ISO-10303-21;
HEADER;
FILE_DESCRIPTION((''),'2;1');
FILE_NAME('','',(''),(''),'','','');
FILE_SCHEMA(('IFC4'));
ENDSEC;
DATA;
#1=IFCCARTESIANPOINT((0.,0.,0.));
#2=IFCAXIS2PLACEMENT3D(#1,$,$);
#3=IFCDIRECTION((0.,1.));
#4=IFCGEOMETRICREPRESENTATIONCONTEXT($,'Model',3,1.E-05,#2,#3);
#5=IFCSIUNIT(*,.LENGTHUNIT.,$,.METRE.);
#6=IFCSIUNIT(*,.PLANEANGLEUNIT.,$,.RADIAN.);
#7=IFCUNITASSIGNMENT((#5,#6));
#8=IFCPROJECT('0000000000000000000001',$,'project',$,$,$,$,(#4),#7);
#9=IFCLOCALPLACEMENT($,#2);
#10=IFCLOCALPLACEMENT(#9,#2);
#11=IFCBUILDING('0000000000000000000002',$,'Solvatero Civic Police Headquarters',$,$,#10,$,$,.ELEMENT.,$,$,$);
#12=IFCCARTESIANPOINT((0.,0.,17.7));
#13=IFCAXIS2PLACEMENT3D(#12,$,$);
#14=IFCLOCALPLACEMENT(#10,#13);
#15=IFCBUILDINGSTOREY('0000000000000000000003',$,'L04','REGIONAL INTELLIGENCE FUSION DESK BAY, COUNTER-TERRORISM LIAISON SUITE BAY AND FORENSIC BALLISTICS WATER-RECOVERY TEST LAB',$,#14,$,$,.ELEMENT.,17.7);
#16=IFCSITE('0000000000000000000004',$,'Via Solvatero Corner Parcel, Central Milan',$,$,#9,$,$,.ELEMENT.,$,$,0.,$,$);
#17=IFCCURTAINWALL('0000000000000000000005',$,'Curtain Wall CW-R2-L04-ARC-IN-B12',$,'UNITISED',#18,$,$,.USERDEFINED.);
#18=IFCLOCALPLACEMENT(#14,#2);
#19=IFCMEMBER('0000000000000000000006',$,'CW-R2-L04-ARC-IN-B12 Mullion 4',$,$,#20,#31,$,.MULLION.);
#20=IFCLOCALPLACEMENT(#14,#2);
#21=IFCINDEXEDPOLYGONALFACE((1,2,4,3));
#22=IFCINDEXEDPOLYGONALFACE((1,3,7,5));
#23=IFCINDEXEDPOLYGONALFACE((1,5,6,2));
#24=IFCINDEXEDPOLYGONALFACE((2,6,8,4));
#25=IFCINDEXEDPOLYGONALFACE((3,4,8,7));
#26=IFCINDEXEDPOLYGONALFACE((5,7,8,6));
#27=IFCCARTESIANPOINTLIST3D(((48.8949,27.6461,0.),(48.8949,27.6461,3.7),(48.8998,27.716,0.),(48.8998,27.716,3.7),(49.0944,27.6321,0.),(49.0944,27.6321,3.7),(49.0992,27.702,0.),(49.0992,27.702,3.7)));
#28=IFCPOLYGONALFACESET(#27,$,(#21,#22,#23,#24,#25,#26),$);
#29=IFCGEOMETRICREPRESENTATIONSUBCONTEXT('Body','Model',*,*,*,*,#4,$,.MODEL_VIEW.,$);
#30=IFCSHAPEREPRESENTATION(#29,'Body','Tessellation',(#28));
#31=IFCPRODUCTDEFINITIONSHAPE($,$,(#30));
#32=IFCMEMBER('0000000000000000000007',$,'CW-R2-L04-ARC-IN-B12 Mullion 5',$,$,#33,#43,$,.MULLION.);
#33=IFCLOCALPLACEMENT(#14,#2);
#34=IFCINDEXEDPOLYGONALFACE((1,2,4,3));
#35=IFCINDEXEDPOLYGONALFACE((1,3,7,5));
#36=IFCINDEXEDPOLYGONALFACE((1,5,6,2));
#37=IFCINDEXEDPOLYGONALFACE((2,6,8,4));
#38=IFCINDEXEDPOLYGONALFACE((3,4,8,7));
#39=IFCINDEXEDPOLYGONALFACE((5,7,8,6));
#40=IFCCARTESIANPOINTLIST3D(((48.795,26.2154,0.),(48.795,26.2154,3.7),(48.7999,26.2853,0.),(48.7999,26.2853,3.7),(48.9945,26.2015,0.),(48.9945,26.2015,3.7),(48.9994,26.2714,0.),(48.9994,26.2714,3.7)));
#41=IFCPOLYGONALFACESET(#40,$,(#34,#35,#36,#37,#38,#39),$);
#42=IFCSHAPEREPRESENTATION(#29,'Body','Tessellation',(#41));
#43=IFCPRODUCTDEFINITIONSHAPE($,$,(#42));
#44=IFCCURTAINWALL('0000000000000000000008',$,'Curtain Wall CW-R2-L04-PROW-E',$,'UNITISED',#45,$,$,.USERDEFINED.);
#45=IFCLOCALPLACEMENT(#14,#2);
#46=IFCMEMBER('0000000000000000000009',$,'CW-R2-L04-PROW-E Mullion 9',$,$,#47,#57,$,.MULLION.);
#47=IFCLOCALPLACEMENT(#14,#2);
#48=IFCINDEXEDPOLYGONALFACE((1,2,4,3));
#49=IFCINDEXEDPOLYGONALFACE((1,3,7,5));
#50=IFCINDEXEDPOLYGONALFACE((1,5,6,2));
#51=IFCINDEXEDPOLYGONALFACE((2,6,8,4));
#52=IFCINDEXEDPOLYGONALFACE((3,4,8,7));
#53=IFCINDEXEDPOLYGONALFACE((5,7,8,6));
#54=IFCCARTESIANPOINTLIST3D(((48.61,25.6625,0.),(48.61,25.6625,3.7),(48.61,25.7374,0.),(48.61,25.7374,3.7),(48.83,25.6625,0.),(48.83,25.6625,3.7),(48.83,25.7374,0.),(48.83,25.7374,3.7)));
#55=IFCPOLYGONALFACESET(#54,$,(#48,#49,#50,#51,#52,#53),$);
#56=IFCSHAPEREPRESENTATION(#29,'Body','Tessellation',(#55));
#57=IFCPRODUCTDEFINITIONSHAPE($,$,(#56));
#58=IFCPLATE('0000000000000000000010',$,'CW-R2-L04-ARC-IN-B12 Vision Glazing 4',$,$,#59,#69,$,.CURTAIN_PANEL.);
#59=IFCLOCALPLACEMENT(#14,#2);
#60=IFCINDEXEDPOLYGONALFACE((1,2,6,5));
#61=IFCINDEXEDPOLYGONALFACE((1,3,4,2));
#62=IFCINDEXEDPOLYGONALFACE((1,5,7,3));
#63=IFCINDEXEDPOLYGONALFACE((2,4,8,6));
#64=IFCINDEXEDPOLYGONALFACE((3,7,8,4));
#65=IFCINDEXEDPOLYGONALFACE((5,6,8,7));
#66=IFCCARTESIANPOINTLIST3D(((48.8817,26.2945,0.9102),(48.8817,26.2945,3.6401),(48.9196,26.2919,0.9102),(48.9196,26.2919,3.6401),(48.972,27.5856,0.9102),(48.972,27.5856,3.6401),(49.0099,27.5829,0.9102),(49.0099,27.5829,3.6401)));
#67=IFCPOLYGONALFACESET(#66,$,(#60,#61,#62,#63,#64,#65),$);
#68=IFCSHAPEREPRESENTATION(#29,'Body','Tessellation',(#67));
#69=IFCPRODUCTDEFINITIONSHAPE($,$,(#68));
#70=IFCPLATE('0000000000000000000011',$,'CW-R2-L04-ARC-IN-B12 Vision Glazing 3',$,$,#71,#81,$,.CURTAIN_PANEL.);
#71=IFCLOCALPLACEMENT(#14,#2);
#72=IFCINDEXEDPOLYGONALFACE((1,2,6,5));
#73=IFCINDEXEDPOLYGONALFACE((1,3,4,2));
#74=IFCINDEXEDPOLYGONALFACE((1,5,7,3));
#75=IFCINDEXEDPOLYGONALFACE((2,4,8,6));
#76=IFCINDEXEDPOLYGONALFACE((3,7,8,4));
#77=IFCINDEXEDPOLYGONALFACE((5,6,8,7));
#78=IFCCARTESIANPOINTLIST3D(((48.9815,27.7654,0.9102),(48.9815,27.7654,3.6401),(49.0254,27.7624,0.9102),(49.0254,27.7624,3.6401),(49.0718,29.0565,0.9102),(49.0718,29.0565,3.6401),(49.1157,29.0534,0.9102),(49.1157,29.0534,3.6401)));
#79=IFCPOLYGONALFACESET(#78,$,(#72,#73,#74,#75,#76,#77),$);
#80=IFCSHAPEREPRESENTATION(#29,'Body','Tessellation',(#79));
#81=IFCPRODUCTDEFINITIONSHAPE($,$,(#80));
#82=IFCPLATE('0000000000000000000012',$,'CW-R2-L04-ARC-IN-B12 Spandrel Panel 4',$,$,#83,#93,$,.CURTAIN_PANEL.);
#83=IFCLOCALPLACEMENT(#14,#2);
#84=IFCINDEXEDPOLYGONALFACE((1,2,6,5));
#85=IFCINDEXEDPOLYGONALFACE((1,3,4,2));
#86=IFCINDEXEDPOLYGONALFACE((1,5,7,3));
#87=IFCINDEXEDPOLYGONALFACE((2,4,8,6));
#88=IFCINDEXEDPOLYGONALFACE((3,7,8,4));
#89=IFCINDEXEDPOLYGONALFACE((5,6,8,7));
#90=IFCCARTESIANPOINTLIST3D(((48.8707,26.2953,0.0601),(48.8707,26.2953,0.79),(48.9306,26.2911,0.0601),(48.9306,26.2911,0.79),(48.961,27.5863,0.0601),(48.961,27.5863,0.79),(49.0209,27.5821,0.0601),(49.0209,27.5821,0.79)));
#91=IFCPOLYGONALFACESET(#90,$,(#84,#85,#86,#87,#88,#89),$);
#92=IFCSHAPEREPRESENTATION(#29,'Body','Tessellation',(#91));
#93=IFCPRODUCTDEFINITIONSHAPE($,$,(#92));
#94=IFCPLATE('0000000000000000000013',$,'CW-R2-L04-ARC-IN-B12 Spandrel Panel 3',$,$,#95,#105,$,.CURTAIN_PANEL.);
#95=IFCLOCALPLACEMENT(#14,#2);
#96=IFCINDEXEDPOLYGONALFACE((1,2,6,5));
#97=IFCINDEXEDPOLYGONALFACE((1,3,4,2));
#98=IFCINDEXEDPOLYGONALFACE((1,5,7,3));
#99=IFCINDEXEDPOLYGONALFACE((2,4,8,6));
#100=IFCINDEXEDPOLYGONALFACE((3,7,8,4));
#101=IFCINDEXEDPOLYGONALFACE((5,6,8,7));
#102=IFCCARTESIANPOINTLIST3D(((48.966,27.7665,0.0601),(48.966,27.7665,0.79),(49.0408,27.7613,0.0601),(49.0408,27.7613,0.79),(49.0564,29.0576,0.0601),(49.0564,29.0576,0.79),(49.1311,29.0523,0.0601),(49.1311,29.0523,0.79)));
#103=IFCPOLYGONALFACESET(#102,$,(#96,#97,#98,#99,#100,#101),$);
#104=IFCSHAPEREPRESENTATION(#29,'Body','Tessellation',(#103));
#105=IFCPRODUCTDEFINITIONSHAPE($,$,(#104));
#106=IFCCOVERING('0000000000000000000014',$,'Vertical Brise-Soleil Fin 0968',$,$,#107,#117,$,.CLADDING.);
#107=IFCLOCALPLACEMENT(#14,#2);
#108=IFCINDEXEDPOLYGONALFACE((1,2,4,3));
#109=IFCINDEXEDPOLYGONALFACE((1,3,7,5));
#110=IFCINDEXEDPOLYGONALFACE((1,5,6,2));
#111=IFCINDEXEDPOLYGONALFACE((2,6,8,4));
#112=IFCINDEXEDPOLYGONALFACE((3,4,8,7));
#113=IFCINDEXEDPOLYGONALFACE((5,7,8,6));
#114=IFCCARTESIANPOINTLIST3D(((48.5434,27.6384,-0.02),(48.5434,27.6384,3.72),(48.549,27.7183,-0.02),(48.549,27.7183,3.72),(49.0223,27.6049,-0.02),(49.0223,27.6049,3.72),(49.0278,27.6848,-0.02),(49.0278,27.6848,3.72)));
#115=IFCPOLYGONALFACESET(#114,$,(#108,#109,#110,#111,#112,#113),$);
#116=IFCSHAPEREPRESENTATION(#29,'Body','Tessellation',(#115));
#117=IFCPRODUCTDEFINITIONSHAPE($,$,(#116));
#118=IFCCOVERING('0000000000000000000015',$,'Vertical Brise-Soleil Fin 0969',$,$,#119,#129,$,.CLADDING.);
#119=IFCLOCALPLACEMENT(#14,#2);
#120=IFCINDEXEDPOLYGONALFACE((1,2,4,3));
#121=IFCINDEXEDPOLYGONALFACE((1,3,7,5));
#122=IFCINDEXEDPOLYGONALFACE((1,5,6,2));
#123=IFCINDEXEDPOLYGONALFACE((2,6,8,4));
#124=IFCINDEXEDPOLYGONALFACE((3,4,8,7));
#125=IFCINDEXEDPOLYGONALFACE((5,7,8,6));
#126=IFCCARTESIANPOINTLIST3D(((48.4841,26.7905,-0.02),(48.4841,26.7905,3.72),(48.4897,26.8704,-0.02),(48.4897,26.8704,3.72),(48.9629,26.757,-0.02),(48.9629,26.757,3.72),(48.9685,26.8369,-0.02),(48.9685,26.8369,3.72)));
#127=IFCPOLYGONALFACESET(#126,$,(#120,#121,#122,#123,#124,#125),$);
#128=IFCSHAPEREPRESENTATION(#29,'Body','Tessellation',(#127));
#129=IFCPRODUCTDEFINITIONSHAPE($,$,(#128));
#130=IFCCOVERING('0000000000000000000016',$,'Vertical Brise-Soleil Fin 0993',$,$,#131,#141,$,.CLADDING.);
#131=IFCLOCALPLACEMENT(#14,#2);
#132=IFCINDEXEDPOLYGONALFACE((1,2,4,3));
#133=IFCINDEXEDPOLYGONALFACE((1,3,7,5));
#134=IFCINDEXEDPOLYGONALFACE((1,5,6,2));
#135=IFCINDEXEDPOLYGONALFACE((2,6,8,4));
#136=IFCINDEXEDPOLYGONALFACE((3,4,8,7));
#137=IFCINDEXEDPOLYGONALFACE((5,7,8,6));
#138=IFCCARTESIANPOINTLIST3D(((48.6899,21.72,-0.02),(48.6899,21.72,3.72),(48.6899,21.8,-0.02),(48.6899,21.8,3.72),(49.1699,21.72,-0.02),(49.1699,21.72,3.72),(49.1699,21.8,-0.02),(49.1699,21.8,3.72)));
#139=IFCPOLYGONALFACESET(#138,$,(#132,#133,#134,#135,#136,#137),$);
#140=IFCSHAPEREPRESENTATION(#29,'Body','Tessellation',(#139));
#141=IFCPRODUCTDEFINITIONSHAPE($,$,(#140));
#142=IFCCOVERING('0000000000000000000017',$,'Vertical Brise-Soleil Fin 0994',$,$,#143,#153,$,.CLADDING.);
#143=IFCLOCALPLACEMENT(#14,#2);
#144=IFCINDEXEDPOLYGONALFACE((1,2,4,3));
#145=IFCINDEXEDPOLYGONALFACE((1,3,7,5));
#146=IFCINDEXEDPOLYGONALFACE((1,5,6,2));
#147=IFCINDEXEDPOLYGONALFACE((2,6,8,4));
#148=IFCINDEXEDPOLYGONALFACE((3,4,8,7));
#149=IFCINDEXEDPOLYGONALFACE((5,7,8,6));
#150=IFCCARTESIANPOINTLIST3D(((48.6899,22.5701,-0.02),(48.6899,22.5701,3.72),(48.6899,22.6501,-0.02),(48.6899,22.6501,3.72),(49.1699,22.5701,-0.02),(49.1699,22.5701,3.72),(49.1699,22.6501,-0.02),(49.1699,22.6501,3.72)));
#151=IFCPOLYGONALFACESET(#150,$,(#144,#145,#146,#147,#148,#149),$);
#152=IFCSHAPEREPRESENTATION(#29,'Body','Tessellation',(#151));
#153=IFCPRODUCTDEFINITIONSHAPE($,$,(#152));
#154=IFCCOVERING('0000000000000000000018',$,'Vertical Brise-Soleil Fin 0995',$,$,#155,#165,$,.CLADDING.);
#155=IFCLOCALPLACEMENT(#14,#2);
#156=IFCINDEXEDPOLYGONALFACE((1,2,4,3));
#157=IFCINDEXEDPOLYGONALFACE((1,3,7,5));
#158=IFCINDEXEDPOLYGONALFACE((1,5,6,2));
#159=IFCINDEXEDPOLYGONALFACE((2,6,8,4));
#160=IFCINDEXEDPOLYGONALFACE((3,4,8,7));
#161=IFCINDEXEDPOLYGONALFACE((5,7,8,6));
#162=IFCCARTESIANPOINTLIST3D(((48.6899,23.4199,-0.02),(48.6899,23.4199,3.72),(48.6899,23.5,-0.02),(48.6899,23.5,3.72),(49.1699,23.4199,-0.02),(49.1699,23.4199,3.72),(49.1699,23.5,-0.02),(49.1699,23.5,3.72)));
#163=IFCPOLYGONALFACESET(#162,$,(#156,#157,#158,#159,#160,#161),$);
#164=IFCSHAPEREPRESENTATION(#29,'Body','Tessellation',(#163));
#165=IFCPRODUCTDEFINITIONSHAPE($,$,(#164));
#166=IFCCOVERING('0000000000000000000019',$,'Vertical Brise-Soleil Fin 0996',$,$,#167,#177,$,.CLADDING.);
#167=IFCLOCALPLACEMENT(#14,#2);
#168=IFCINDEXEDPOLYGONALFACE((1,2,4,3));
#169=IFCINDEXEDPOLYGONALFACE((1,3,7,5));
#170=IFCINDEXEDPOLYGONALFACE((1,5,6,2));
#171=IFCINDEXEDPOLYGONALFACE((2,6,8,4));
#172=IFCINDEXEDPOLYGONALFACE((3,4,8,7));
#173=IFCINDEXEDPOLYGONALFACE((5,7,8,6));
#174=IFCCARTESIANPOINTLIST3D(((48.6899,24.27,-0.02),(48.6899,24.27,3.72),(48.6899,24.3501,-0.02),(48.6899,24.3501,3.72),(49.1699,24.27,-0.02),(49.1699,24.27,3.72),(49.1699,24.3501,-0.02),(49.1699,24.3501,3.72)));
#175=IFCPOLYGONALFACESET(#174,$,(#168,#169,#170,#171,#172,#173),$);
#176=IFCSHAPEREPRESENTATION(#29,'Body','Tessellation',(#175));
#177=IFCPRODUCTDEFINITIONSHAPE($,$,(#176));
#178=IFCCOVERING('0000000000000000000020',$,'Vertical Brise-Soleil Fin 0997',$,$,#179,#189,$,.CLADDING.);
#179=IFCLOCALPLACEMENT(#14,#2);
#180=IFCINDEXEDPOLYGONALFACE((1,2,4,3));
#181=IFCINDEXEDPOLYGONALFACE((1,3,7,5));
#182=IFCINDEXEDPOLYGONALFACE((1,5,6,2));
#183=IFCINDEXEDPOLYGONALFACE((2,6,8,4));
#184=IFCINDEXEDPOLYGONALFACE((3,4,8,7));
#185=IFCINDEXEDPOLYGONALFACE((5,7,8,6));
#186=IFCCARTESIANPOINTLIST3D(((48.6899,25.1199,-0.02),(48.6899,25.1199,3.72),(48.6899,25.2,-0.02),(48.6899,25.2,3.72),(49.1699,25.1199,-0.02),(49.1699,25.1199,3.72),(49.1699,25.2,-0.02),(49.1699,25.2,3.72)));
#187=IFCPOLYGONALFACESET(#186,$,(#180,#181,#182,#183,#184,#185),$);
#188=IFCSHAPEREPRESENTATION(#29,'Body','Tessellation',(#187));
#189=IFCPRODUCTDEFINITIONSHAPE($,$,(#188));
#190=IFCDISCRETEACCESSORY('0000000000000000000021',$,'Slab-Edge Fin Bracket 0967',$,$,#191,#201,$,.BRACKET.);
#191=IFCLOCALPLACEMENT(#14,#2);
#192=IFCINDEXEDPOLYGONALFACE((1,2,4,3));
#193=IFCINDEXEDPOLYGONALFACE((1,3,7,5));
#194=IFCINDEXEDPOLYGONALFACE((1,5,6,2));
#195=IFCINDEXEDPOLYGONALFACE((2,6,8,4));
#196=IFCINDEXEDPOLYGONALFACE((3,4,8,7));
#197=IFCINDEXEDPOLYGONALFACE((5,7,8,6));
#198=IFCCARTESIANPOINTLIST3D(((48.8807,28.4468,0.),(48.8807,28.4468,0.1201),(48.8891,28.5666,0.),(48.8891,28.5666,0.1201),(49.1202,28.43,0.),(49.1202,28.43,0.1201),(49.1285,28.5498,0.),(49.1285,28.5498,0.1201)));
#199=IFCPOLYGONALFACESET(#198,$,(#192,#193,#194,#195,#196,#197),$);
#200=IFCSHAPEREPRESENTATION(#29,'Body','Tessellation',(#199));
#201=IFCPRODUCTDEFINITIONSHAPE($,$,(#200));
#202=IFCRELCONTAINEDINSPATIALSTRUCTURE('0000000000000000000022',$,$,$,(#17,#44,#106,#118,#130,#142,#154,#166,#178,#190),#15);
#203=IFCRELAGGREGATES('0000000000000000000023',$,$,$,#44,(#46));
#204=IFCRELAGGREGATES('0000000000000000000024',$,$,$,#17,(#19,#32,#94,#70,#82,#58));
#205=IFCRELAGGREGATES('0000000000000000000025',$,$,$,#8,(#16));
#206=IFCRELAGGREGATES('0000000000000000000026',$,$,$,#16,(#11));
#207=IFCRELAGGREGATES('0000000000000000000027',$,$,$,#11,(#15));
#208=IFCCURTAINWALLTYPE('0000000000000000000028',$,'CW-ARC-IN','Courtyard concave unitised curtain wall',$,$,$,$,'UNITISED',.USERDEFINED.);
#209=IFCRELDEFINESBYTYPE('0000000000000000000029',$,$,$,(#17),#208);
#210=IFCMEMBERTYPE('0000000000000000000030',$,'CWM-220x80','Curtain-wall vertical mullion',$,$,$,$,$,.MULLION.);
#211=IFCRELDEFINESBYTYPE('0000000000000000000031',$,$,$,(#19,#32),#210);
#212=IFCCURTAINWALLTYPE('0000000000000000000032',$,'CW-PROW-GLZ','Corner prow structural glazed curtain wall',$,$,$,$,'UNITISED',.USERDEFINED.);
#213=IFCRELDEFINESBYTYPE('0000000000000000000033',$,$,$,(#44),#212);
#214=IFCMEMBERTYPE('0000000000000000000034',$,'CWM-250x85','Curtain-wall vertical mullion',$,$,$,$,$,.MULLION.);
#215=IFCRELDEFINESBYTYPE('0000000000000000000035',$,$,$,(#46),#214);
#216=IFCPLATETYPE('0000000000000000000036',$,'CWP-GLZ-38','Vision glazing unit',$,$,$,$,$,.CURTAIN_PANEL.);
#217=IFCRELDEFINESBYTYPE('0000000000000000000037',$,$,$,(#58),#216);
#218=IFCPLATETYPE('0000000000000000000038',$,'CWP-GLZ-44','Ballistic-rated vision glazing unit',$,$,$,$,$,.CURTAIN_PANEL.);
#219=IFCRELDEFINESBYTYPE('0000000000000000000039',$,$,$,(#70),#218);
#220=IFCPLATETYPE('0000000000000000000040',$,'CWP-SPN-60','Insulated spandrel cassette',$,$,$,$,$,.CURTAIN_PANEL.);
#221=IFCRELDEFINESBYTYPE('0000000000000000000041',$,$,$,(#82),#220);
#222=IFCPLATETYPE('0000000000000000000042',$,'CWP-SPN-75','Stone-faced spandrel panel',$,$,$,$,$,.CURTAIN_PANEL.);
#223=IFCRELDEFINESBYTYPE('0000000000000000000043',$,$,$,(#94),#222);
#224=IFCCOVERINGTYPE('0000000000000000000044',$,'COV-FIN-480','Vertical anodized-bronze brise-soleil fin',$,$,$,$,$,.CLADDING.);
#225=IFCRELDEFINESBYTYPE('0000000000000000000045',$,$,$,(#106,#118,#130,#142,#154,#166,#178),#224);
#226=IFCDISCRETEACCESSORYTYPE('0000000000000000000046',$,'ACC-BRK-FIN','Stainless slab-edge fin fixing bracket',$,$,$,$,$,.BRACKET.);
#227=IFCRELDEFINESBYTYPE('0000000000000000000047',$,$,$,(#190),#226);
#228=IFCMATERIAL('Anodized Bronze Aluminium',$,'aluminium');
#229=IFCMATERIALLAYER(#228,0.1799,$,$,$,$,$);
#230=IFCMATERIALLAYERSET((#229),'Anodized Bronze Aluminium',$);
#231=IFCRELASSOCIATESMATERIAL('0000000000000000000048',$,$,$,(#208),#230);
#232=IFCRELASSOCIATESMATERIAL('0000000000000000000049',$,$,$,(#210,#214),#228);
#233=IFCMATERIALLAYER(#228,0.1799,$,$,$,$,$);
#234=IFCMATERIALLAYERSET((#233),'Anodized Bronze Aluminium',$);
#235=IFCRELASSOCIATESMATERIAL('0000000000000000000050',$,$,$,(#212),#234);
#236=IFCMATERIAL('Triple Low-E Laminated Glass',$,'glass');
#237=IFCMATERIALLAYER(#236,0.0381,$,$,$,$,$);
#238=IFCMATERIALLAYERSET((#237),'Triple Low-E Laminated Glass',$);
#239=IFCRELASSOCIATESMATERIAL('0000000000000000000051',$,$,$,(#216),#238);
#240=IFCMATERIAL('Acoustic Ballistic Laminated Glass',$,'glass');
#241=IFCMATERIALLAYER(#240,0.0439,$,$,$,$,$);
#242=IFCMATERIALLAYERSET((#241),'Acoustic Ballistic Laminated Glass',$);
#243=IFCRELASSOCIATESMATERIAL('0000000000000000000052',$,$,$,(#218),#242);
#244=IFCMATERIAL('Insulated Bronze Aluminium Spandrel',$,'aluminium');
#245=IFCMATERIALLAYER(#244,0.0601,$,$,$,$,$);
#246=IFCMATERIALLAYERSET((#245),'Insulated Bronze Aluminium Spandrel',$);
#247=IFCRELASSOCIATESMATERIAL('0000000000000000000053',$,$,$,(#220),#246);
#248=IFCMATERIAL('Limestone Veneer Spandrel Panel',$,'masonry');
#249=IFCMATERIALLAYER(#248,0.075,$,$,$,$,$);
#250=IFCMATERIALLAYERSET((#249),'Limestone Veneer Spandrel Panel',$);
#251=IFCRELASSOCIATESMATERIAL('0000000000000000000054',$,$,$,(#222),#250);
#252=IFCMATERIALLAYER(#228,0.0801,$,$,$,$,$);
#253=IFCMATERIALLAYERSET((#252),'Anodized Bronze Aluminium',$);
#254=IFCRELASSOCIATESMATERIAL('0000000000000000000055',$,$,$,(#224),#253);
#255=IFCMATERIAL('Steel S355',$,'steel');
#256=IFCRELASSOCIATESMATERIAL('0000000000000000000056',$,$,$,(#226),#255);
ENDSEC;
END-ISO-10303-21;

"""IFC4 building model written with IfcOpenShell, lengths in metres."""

from ifc_helpers import new_model, si_unit, direction, frame, origin, origin_2d, place, context, subcontext, project, spatial, rectangle, extrude, material, layer, layer_set, material_profile, profile_set, type_object, element, aggregate, save


model = new_model("IFC4")

# Units and contexts
model_context = context("Model", 3, precision=1e-05, world=origin(), true_north=direction((0.0, 1.0)))
body_context = subcontext(model_context, "Body", "Model", "MODEL_VIEW")
ifc_project = project(units=[si_unit("LENGTHUNIT", "METRE"), si_unit("PLANEANGLEUNIT", "RADIAN")], contexts=[model_context])

# Site, building, storey
site_placement = place(None, origin())
site = spatial("IfcSite", under=ifc_project, at=site_placement, Name="Via Solvatero Corner Parcel, Central Milan", CompositionType="ELEMENT", RefElevation=0.0)
building_placement = place(site_placement, origin())
building = spatial("IfcBuilding", under=site, at=building_placement, Name="Solvatero Civic Police Headquarters", CompositionType="ELEMENT")
storey_placement = place(building_placement, frame((0.0, 0.0, 17.7)))
storey = spatial("IfcBuildingStorey", under=building, at=storey_placement, Name="L04", Description="REGIONAL INTELLIGENCE FUSION DESK BAY, COUNTER-TERRORISM LIAISON SUITE BAY AND FORENSIC BALLISTICS WATER-RECOVERY TEST LAB", CompositionType="ELEMENT", Elevation=17.7)

# Curtain wall, members
ifc_material_1 = material(Name="Anodized Bronze Aluminium", Category="aluminium")
ifc_layer_1 = layer(ifc_material_1, 0.1799)
ifc_layer_set_1 = layer_set([ifc_layer_1], Name="Anodized Bronze Aluminium")
curtain_wall_type_1 = type_object("IfcCurtainWallType", Name="CW-ARC-IN", Description="Courtyard concave unitised curtain wall", ElementType="UNITISED", PredefinedType="USERDEFINED", material=ifc_layer_set_1)
curtain_wall_1_placement = place(storey_placement, origin())
curtain_wall_1 = element("IfcCurtainWall", 1, at=curtain_wall_1_placement, inside=storey, type_object=curtain_wall_type_1, Name="Curtain Wall CW-R2-L04-ARC-IN-B12", ObjectType="UNITISED", PredefinedType="USERDEFINED")
ifc_material_profile_1 = material_profile(ifc_material_1, rectangle(XDim=0.0701, YDim=0.2, at=origin_2d()), Name="ALU MULLION 70x200")
ifc_profile_set_1 = profile_set([ifc_material_profile_1], Name="Anodized Bronze Aluminium")
member_type_1 = type_object("IfcMemberType", Name="CWM-220x80", Description="Curtain-wall vertical mullion", PredefinedType="MULLION", material=ifc_profile_set_1)
member_1_placement = place(storey_placement, frame((48.9971, 27.6741, 0.0), z_axis=(0.0, 0.0, 1.0), x_axis=(-0.069774, -0.997563, 0.0)))
member_1 = element("IfcMember", 2, at=member_1_placement, type_object=member_type_1, Name="CW-R2-L04-ARC-IN-B12 Mullion 4", PredefinedType="MULLION", context=body_context, shape_type="SweptSolid", body=[
    extrude(rectangle(XDim=0.0701, YDim=0.2, at=origin_2d()), origin(), (0.0, 0.0, 1.0), 3.7),
])
member_2_placement = place(storey_placement, frame((48.8972, 26.2434, 0.0), z_axis=(0.0, 0.0, 1.0), x_axis=(-0.069774, -0.997563, 0.0)))
member_2 = element("IfcMember", 3, at=member_2_placement, type_object=member_type_1, Name="CW-R2-L04-ARC-IN-B12 Mullion 5", PredefinedType="MULLION", context=body_context, shape_type="SweptSolid", body=[
    extrude(rectangle(XDim=0.0701, YDim=0.2, at=origin_2d()), origin(), (0.0, 0.0, 1.0), 3.7),
])

# Curtain wall, member
ifc_layer_2 = layer(ifc_material_1, 0.1799)
ifc_layer_set_2 = layer_set([ifc_layer_2], Name="Anodized Bronze Aluminium")
curtain_wall_type_2 = type_object("IfcCurtainWallType", Name="CW-PROW-GLZ", Description="Corner prow structural glazed curtain wall", ElementType="UNITISED", PredefinedType="USERDEFINED", material=ifc_layer_set_2)
curtain_wall_2_placement = place(storey_placement, origin())
curtain_wall_2 = element("IfcCurtainWall", 4, at=curtain_wall_2_placement, inside=storey, type_object=curtain_wall_type_2, Name="Curtain Wall CW-R2-L04-PROW-E", ObjectType="UNITISED", PredefinedType="USERDEFINED")
ifc_material_profile_2 = material_profile(ifc_material_1, rectangle(XDim=0.075, YDim=0.22, at=origin_2d()), Name="ALU MULLION 75x220")
ifc_profile_set_2 = profile_set([ifc_material_profile_2], Name="Anodized Bronze Aluminium")
member_type_2 = type_object("IfcMemberType", Name="CWM-250x85", Description="Curtain-wall vertical mullion", PredefinedType="MULLION", material=ifc_profile_set_2)
member_3_placement = place(storey_placement, frame((48.72, 25.7, 0.0), z_axis=(0.0, 0.0, 1.0), x_axis=(0.0, 1.0, 0.0)))
member_3 = element("IfcMember", 5, at=member_3_placement, type_object=member_type_2, Name="CW-R2-L04-PROW-E Mullion 9", PredefinedType="MULLION", context=body_context, shape_type="SweptSolid", body=[
    extrude(rectangle(XDim=0.075, YDim=0.22, at=origin_2d()), origin(), (0.0, 0.0, 1.0), 3.7),
])
aggregate(curtain_wall_2, [member_3])

# Plates
ifc_material_2 = material(Name="Triple Low-E Laminated Glass", Category="glass")
ifc_layer_3 = layer(ifc_material_2, 0.0381)
ifc_layer_set_3 = layer_set([ifc_layer_3], Name="Triple Low-E Laminated Glass")
plate_type_1 = type_object("IfcPlateType", Name="CWP-GLZ-38", Description="Vision glazing unit", PredefinedType="CURTAIN_PANEL", material=ifc_layer_set_3)
plate_1_placement = place(storey_placement, frame((48.9458, 26.9387, 0.9102), z_axis=(0.0, 0.0, 1.0), x_axis=(-0.069774, -0.997563, 0.0)))
plate_1 = element("IfcPlate", 6, at=plate_1_placement, type_object=plate_type_1, Name="CW-R2-L04-ARC-IN-B12 Vision Glazing 4", PredefinedType="CURTAIN_PANEL", context=body_context, shape_type="SweptSolid", body=[
    extrude(rectangle(XDim=1.2942, YDim=0.0381, at=origin_2d()), origin(), (0.0, 0.0, 1.0), 2.73),
])
ifc_material_3 = material(Name="Acoustic Ballistic Laminated Glass", Category="glass")
ifc_layer_4 = layer(ifc_material_3, 0.0439)
ifc_layer_set_4 = layer_set([ifc_layer_4], Name="Acoustic Ballistic Laminated Glass")
plate_type_2 = type_object("IfcPlateType", Name="CWP-GLZ-44", Description="Ballistic-rated vision glazing unit", PredefinedType="CURTAIN_PANEL", material=ifc_layer_set_4)
plate_2_placement = place(storey_placement, frame((49.0486, 28.4094, 0.9102), z_axis=(0.0, 0.0, 1.0), x_axis=(-0.069774, -0.997563, 0.0)))
plate_2 = element("IfcPlate", 7, at=plate_2_placement, type_object=plate_type_2, Name="CW-R2-L04-ARC-IN-B12 Vision Glazing 3", PredefinedType="CURTAIN_PANEL", context=body_context, shape_type="SweptSolid", body=[
    extrude(rectangle(XDim=1.2942, YDim=0.0439, at=origin_2d()), origin(), (0.0, 0.0, 1.0), 2.73),
])
ifc_material_4 = material(Name="Insulated Bronze Aluminium Spandrel", Category="aluminium")
ifc_layer_5 = layer(ifc_material_4, 0.0601)
ifc_layer_set_5 = layer_set([ifc_layer_5], Name="Insulated Bronze Aluminium Spandrel")
plate_type_3 = type_object("IfcPlateType", Name="CWP-SPN-60", Description="Insulated spandrel cassette", PredefinedType="CURTAIN_PANEL", material=ifc_layer_set_5)
plate_3_placement = place(storey_placement, frame((48.9458, 26.9387, 0.0601), z_axis=(0.0, 0.0, 1.0), x_axis=(-0.069774, -0.997563, 0.0)))
plate_3 = element("IfcPlate", 8, at=plate_3_placement, type_object=plate_type_3, Name="CW-R2-L04-ARC-IN-B12 Spandrel Panel 4", PredefinedType="CURTAIN_PANEL", context=body_context, shape_type="SweptSolid", body=[
    extrude(rectangle(XDim=1.2942, YDim=0.0601, at=origin_2d()), origin(), (0.0, 0.0, 1.0), 0.73),
])
ifc_material_5 = material(Name="Limestone Veneer Spandrel Panel", Category="masonry")
ifc_layer_6 = layer(ifc_material_5, 0.075)
ifc_layer_set_6 = layer_set([ifc_layer_6], Name="Limestone Veneer Spandrel Panel")
plate_type_4 = type_object("IfcPlateType", Name="CWP-SPN-75", Description="Stone-faced spandrel panel", PredefinedType="CURTAIN_PANEL", material=ifc_layer_set_6)
plate_4_placement = place(storey_placement, frame((49.0486, 28.4094, 0.0601), z_axis=(0.0, 0.0, 1.0), x_axis=(-0.069774, -0.997563, 0.0)))
plate_4 = element("IfcPlate", 9, at=plate_4_placement, type_object=plate_type_4, Name="CW-R2-L04-ARC-IN-B12 Spandrel Panel 3", PredefinedType="CURTAIN_PANEL", context=body_context, shape_type="SweptSolid", body=[
    extrude(rectangle(XDim=1.2942, YDim=0.075, at=origin_2d()), origin(), (0.0, 0.0, 1.0), 0.73),
])
aggregate(curtain_wall_1, [member_1, member_2, plate_4, plate_2, plate_3, plate_1])

# Coverings
ifc_layer_7 = layer(ifc_material_1, 0.0801)
ifc_layer_set_7 = layer_set([ifc_layer_7], Name="Anodized Bronze Aluminium")
covering_type = type_object("IfcCoveringType", Name="COV-FIN-480", Description="Vertical anodized-bronze brise-soleil fin", PredefinedType="CLADDING", material=ifc_layer_set_7)
for number, where, z_axis, x_axis, name in (
    (10, (48.7856, 27.6616, -0.02), (0.0, 0.0, 1.0), (-0.069774, -0.997563, 0.0), "Vertical Brise-Soleil Fin 0968"),
    (11, (48.7263, 26.8137, -0.02), (0.0, 0.0, 1.0), (-0.069774, -0.997563, 0.0), "Vertical Brise-Soleil Fin 0969"),
    (12, (48.9299, 21.76, -0.02), (0.0, 0.0, 1.0), (0.0, 1.0, 0.0), "Vertical Brise-Soleil Fin 0993"),
    (13, (48.9299, 22.6101, -0.02), (0.0, 0.0, 1.0), (0.0, 1.0, 0.0), "Vertical Brise-Soleil Fin 0994"),
    (14, (48.9299, 23.46, -0.02), (0.0, 0.0, 1.0), (0.0, 1.0, 0.0), "Vertical Brise-Soleil Fin 0995"),
    (15, (48.9299, 24.3101, -0.02), (0.0, 0.0, 1.0), (0.0, 1.0, 0.0), "Vertical Brise-Soleil Fin 0996"),
    (16, (48.9299, 25.1599, -0.02), (0.0, 0.0, 1.0), (0.0, 1.0, 0.0), "Vertical Brise-Soleil Fin 0997"),
):
    element("IfcCovering", number, at=place(storey_placement, frame(where, z_axis=z_axis, x_axis=x_axis)), inside=storey, type_object=covering_type, Name=name, PredefinedType="CLADDING", context=body_context, shape_type="SweptSolid", body=[
        extrude(rectangle(XDim=0.0801, YDim=0.48, at=origin_2d()), origin(), (0.0, 0.0, 1.0), 3.74),
    ])

# Discrete accessory
ifc_material_6 = material(Name="Steel S355", Category="steel")
discrete_accessory_type = type_object("IfcDiscreteAccessoryType", Name="ACC-BRK-FIN", Description="Stainless slab-edge fin fixing bracket", PredefinedType="BRACKET", material=ifc_material_6)
for number, where, z_axis, x_axis, name in (
    (17, (49.0046, 28.4983, 0.0), (0.0, 0.0, 1.0), (-0.069774, -0.997563, 0.0), "Slab-Edge Fin Bracket 0967"),
):
    element("IfcDiscreteAccessory", number, at=place(storey_placement, frame(where, z_axis=z_axis, x_axis=x_axis)), inside=storey, type_object=discrete_accessory_type, Name=name, PredefinedType="BRACKET", context=body_context, shape_type="SweptSolid", body=[
        extrude(rectangle(XDim=0.1201, YDim=0.24, at=origin_2d()), origin(), (0.0, 0.0, 1.0), 0.1201),
    ])

save(model, "model.ifc")
